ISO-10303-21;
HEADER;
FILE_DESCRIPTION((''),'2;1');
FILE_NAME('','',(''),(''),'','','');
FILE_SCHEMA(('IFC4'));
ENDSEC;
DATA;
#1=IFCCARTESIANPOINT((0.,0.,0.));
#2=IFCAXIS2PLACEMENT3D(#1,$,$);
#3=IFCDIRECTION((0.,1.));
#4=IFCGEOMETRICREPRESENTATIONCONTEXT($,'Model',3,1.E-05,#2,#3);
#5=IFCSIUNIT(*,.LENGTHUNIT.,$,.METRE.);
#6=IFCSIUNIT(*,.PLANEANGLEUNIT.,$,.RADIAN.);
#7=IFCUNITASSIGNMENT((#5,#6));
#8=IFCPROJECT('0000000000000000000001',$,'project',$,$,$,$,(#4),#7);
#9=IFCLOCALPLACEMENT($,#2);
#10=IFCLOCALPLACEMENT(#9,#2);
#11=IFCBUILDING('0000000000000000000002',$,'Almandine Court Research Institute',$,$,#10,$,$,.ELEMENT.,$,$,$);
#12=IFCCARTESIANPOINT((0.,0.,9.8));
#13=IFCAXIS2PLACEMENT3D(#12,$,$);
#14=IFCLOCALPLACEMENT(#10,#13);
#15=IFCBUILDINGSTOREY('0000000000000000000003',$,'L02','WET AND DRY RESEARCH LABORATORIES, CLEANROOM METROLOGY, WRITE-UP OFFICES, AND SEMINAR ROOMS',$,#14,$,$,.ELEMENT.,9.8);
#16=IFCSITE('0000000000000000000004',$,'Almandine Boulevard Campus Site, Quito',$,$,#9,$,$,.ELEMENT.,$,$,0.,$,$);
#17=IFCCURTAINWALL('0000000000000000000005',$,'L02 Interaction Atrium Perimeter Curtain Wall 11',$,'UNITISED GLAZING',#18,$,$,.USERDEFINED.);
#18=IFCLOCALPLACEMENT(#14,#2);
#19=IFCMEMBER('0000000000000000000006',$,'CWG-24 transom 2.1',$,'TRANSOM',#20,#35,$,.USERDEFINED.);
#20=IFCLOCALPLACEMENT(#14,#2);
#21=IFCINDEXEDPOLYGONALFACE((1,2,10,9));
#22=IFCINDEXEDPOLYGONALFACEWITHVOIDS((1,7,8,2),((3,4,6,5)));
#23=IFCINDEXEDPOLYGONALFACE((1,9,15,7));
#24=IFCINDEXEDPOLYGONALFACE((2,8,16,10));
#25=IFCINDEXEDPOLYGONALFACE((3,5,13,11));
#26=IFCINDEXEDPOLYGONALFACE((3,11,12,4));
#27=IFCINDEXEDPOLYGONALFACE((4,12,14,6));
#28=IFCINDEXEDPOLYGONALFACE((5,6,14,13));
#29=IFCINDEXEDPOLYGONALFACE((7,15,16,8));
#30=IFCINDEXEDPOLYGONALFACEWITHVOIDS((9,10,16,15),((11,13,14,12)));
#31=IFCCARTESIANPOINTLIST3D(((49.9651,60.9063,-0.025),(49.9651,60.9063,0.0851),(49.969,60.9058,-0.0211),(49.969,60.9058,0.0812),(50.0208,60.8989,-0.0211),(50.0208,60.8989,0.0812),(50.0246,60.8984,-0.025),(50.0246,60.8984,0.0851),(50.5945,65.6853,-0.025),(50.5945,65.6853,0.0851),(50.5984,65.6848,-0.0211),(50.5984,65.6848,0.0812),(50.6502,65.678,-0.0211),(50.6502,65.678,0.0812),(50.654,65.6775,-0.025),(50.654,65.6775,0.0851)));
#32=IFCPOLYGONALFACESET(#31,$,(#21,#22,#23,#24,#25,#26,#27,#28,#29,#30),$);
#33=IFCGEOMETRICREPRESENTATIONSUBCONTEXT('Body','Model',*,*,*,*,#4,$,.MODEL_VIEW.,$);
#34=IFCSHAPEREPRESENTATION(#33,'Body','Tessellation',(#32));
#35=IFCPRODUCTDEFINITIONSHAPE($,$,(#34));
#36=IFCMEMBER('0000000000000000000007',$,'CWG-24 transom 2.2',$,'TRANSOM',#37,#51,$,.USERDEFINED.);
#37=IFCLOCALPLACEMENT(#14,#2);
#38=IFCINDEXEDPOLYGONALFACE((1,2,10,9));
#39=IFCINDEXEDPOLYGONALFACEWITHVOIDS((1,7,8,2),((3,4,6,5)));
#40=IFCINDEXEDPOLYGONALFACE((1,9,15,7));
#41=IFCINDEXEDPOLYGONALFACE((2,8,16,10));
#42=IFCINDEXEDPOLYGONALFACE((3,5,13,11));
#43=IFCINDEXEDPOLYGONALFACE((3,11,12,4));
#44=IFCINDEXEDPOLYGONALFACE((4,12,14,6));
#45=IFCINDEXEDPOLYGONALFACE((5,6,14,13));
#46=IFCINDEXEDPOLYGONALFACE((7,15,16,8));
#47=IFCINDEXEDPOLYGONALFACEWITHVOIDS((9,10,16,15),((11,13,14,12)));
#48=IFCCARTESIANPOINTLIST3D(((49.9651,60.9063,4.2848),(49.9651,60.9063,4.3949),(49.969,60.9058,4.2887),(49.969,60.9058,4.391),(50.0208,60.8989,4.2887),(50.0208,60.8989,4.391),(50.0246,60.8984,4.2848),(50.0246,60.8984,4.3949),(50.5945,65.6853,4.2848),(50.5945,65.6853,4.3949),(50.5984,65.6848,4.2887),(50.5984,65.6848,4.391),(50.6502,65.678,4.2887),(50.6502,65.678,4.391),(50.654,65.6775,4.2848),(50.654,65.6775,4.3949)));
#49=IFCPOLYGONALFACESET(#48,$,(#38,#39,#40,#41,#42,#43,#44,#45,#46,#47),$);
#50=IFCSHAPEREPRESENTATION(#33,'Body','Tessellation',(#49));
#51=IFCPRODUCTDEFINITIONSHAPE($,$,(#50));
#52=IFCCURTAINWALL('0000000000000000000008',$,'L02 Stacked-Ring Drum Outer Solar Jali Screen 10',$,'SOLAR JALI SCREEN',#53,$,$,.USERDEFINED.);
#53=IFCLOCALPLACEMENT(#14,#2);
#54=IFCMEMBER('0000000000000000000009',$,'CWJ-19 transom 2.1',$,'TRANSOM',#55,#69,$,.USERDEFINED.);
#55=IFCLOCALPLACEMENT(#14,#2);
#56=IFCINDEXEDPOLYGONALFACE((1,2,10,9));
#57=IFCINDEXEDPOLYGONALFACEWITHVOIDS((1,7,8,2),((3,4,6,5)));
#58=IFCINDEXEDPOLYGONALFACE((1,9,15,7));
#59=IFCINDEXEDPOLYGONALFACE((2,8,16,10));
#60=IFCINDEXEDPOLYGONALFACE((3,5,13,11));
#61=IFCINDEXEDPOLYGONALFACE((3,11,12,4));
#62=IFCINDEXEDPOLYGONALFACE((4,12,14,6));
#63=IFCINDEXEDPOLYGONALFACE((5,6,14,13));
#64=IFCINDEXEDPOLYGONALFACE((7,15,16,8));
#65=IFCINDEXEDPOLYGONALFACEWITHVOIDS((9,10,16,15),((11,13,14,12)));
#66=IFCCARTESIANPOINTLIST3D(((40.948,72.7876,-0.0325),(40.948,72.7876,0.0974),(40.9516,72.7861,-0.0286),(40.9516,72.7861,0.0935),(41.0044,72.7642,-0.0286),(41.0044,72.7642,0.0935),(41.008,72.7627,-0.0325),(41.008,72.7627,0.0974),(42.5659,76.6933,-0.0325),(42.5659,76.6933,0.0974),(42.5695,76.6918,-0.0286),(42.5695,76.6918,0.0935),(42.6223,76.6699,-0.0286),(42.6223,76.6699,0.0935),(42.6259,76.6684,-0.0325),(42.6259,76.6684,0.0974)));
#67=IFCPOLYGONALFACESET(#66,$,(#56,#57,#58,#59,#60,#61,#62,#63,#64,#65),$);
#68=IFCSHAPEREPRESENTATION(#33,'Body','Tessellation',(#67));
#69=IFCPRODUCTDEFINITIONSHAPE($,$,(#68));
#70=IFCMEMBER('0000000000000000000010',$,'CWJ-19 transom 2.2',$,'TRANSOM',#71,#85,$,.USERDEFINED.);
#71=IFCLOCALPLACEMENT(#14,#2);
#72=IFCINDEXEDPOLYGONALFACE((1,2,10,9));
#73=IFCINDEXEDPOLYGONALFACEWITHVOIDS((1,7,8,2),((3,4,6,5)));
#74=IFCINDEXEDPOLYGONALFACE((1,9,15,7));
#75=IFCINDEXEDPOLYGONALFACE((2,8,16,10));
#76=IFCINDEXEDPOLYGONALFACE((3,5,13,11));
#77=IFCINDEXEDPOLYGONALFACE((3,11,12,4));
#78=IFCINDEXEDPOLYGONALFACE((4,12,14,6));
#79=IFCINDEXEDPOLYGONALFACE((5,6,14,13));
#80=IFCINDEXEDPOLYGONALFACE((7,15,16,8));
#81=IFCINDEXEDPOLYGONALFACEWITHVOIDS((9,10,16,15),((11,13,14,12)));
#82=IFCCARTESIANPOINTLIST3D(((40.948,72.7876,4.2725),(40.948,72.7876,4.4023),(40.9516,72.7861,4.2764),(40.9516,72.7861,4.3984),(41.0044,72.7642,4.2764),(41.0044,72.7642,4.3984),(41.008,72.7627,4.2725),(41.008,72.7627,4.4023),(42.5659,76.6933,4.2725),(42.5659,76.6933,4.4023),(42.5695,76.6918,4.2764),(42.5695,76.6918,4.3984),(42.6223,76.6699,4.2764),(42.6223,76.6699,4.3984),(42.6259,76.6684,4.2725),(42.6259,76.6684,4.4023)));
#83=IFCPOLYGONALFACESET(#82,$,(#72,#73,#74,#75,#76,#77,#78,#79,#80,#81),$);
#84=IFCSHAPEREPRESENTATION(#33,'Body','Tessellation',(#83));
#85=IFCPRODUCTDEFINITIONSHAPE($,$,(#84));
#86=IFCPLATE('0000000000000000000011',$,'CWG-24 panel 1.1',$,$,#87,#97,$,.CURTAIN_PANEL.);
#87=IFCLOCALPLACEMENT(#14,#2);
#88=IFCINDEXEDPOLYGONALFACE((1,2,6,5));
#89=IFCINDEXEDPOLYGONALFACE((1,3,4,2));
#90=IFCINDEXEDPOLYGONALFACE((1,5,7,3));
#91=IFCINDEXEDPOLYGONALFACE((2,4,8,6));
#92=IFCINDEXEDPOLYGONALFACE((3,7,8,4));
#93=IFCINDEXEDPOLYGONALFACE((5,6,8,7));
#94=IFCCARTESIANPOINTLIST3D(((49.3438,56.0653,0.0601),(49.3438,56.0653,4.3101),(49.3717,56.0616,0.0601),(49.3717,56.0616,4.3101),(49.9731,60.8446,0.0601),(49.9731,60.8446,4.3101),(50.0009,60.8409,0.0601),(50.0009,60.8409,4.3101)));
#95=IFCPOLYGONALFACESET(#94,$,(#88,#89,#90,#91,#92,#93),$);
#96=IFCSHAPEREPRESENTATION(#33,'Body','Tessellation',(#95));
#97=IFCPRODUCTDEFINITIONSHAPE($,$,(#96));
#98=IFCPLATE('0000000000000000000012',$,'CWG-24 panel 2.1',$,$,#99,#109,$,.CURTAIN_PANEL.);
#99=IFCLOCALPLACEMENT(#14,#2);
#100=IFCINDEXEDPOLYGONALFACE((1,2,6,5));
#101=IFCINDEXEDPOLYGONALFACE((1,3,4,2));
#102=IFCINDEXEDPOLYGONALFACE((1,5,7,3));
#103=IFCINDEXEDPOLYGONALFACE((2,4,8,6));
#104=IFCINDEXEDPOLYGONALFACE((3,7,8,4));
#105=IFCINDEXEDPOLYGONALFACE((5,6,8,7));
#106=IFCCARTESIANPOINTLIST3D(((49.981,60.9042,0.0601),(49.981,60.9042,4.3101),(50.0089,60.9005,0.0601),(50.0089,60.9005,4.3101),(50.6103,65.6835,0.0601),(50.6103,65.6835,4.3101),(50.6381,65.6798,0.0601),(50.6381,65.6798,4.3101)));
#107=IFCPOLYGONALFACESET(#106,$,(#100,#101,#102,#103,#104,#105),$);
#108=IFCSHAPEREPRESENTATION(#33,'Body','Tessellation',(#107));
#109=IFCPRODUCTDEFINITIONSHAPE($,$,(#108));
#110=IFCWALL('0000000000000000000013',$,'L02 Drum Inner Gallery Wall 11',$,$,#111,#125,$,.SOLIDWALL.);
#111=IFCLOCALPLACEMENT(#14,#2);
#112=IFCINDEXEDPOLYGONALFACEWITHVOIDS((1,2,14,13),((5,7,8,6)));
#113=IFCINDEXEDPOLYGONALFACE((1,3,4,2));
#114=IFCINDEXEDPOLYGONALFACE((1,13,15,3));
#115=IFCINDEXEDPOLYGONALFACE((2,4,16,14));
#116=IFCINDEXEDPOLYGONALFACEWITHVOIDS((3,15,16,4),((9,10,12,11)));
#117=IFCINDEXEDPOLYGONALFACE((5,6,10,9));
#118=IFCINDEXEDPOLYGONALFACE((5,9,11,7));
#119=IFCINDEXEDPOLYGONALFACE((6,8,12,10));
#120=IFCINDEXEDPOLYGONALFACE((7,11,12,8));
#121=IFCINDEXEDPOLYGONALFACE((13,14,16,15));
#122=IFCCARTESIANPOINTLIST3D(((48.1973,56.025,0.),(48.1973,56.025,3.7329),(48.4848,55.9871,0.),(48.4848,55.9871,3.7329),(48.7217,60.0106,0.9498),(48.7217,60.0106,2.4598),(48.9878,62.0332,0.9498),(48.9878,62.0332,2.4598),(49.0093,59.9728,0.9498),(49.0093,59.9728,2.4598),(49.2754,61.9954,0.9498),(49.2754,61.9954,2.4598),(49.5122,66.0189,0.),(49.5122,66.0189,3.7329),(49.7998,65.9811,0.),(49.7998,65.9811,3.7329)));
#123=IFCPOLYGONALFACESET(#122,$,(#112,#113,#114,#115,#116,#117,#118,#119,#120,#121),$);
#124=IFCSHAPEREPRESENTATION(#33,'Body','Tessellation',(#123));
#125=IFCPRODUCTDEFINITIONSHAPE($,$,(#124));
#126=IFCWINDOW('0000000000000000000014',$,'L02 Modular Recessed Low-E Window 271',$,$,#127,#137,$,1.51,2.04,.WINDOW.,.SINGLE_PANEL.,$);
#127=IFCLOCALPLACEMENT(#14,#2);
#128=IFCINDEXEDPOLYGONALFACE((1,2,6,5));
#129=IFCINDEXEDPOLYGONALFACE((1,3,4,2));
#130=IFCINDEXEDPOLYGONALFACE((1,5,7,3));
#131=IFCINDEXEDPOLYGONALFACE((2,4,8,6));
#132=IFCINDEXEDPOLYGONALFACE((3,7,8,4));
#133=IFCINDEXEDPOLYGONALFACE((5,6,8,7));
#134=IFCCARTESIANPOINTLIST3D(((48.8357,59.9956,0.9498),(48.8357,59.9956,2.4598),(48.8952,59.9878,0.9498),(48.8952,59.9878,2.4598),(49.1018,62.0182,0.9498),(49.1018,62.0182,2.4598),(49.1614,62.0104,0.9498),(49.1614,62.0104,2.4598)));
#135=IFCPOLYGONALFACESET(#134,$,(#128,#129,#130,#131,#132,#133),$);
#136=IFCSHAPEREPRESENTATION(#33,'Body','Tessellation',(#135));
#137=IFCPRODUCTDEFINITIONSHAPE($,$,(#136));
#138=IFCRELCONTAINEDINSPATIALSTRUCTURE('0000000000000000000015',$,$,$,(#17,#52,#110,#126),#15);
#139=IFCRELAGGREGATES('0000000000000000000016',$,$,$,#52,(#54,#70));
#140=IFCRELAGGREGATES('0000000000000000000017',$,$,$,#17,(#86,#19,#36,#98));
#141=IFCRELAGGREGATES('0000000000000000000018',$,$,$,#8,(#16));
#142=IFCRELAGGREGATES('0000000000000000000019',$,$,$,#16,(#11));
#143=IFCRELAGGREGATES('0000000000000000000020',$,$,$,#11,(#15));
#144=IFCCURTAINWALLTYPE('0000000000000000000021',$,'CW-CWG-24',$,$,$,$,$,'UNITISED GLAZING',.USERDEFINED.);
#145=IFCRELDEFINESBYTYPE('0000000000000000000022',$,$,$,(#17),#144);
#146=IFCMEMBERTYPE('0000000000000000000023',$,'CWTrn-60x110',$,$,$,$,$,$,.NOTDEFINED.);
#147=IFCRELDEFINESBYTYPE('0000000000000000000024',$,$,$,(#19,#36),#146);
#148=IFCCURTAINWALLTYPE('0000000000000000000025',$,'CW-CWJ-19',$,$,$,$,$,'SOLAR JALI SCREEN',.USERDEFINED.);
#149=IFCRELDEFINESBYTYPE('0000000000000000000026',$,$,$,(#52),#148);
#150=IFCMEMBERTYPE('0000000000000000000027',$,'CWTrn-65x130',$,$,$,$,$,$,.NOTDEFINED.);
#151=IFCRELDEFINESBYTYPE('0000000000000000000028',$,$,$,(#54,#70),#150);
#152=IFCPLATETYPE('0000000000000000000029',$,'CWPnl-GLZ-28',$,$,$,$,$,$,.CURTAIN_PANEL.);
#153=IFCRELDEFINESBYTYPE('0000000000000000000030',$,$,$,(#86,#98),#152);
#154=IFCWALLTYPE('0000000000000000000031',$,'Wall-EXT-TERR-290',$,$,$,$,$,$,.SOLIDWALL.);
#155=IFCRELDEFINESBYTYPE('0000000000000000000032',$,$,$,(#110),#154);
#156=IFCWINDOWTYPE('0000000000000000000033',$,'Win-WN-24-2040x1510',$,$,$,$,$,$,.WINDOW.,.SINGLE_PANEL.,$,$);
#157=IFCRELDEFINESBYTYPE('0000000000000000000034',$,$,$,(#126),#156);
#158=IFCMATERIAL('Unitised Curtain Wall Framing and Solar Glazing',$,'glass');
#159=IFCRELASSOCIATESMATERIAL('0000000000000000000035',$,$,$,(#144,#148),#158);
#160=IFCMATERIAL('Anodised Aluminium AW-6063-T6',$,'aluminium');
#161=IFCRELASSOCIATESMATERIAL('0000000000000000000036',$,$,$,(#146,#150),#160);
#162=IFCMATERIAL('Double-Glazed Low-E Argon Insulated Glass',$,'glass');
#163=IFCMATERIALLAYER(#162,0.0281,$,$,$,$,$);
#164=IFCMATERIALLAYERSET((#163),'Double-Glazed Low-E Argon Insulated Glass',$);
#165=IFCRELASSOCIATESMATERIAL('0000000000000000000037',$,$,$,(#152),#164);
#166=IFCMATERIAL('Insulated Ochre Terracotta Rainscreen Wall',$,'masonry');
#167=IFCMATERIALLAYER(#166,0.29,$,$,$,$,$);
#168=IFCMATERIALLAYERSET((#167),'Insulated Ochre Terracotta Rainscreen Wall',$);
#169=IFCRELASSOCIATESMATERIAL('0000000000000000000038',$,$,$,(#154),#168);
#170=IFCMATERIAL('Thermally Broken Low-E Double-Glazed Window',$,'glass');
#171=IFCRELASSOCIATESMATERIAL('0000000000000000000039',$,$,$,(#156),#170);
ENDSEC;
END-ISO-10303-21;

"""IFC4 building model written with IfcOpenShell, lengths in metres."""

from ifc_helpers import new_model, si_unit, direction, frame, frame_2d, origin, origin_2d, place, context, subcontext, project, spatial, rectangle, hollow_rectangle, extrude, material, layer, layer_set, material_profile, profile_set, type_object, element, fill, aggregate, save


model = new_model("IFC4")

# Units and contexts
model_context = context("Model", 3, precision=1e-05, world=origin(), true_north=direction((0.0, 1.0)))
body_context = subcontext(model_context, "Body", "Model", "MODEL_VIEW")
ifc_project = project(units=[si_unit("LENGTHUNIT", "METRE"), si_unit("PLANEANGLEUNIT", "RADIAN")], contexts=[model_context])

# Site, building, storey
site_placement = place(None, origin())
site = spatial("IfcSite", under=ifc_project, at=site_placement, Name="Almandine Boulevard Campus Site, Quito", CompositionType="ELEMENT", RefElevation=0.0)
building_placement = place(site_placement, origin())
building = spatial("IfcBuilding", under=site, at=building_placement, Name="Almandine Court Research Institute", CompositionType="ELEMENT")
storey_placement = place(building_placement, frame((0.0, 0.0, 9.8)))
storey = spatial("IfcBuildingStorey", under=building, at=storey_placement, Name="L02", Description="WET AND DRY RESEARCH LABORATORIES, CLEANROOM METROLOGY, WRITE-UP OFFICES, AND SEMINAR ROOMS", CompositionType="ELEMENT", Elevation=9.8)

# Curtain walls, members
ifc_material_1 = material(Name="Unitised Curtain Wall Framing and Solar Glazing", Category="glass")
curtain_wall_type_1 = type_object("IfcCurtainWallType", Name="CW-CWG-24", ElementType="UNITISED GLAZING", PredefinedType="USERDEFINED", material=ifc_material_1)
curtain_wall_1_placement = place(storey_placement, origin())
curtain_wall_1 = element("IfcCurtainWall", 1, at=curtain_wall_1_placement, inside=storey, type_object=curtain_wall_type_1, Name="L02 Interaction Atrium Perimeter Curtain Wall 11", ObjectType="UNITISED GLAZING", PredefinedType="USERDEFINED")
ifc_material_2 = material(Name="Anodised Aluminium AW-6063-T6", Category="aluminium")
ifc_material_profile_1 = material_profile(ifc_material_2, hollow_rectangle(XDim=0.0601, YDim=0.1101, WallThickness=0.0039, at=origin_2d()), Name="ALU RHS 60x110x4")
ifc_profile_set_1 = profile_set([ifc_material_profile_1], Name="Anodised Aluminium AW-6063-T6")
member_type_1 = type_object("IfcMemberType", Name="CWTrn-60x110", PredefinedType="NOTDEFINED", material=ifc_profile_set_1)
member_1_placement = place(storey_placement, frame((49.9949, 60.9023, 0.03), z_axis=(0.130571, 0.991439, 0.0), x_axis=(-0.991439, 0.130571, 0.0)))
member_1 = element("IfcMember", 2, at=member_1_placement, type_object=member_type_1, Name="CWG-24 transom 2.1", ObjectType="TRANSOM", PredefinedType="USERDEFINED", context=body_context, shape_type="SweptSolid", body=[
    extrude(hollow_rectangle(XDim=0.0601, YDim=0.1101, WallThickness=0.0039, at=origin_2d()), origin(), (0.0, 0.0, 1.0), 4.8203),
])
member_2_placement = place(storey_placement, frame((49.9949, 60.9023, 4.3398), z_axis=(0.130571, 0.991439, 0.0), x_axis=(-0.991439, 0.130571, 0.0)))
member_2 = element("IfcMember", 3, at=member_2_placement, type_object=member_type_1, Name="CWG-24 transom 2.2", ObjectType="TRANSOM", PredefinedType="USERDEFINED", context=body_context, shape_type="SweptSolid", body=[
    extrude(hollow_rectangle(XDim=0.0601, YDim=0.1101, WallThickness=0.0039, at=origin_2d()), origin(), (0.0, 0.0, 1.0), 4.8203),
])
curtain_wall_type_2 = type_object("IfcCurtainWallType", Name="CW-CWJ-19", ElementType="SOLAR JALI SCREEN", PredefinedType="USERDEFINED", material=ifc_material_1)
curtain_wall_2_placement = place(storey_placement, origin())
curtain_wall_2 = element("IfcCurtainWall", 4, at=curtain_wall_2_placement, inside=storey, type_object=curtain_wall_type_2, Name="L02 Stacked-Ring Drum Outer Solar Jali Screen 10", ObjectType="SOLAR JALI SCREEN", PredefinedType="USERDEFINED")
ifc_material_profile_2 = material_profile(ifc_material_2, hollow_rectangle(XDim=0.0649, YDim=0.1299, WallThickness=0.0039, at=origin_2d()), Name="ALU RHS 65x130x4")
ifc_profile_set_2 = profile_set([ifc_material_profile_2], Name="Anodised Aluminium AW-6063-T6")
member_type_2 = type_object("IfcMemberType", Name="CWTrn-65x130", PredefinedType="NOTDEFINED", material=ifc_profile_set_2)
member_3_placement = place(storey_placement, frame((40.978, 72.7751, 0.0325), z_axis=(0.382704, 0.923871, 0.0), x_axis=(-0.923871, 0.382704, 0.0)))
member_3 = element("IfcMember", 5, at=member_3_placement, type_object=member_type_2, Name="CWJ-19 transom 2.1", ObjectType="TRANSOM", PredefinedType="USERDEFINED", context=body_context, shape_type="SweptSolid", body=[
    extrude(hollow_rectangle(XDim=0.0649, YDim=0.1299, WallThickness=0.0039, at=origin_2d()), origin(), (0.0, 0.0, 1.0), 4.2275),
])
member_4_placement = place(storey_placement, frame((40.978, 72.7751, 4.3374), z_axis=(0.382704, 0.923871, 0.0), x_axis=(-0.923871, 0.382704, 0.0)))
member_4 = element("IfcMember", 6, at=member_4_placement, type_object=member_type_2, Name="CWJ-19 transom 2.2", ObjectType="TRANSOM", PredefinedType="USERDEFINED", context=body_context, shape_type="SweptSolid", body=[
    extrude(hollow_rectangle(XDim=0.0649, YDim=0.1299, WallThickness=0.0039, at=origin_2d()), origin(), (0.0, 0.0, 1.0), 4.2275),
])
aggregate(curtain_wall_2, [member_3, member_4])

# Plates
ifc_material_3 = material(Name="Double-Glazed Low-E Argon Insulated Glass", Category="glass")
ifc_layer_1 = layer(ifc_material_3, 0.0281)
ifc_layer_set_1 = layer_set([ifc_layer_1], Name="Double-Glazed Low-E Argon Insulated Glass")
plate_type = type_object("IfcPlateType", Name="CWPnl-GLZ-28", PredefinedType="CURTAIN_PANEL", material=ifc_layer_set_1)
plate_1_placement = place(storey_placement, frame((49.6724, 58.4531, 0.0601), z_axis=(0.0, 0.0, 1.0), x_axis=(0.130536, 0.991444, 0.0)))
plate_1 = element("IfcPlate", 7, at=plate_1_placement, type_object=plate_type, Name="CWG-24 panel 1.1", PredefinedType="CURTAIN_PANEL", context=body_context, shape_type="SweptSolid", body=[
    extrude(rectangle(XDim=4.8206, YDim=0.0281, at=origin_2d()), origin(), (0.0, 0.0, 1.0), 4.25),
])
plate_2_placement = place(storey_placement, frame((50.3096, 63.292, 0.0601), z_axis=(0.0, 0.0, 1.0), x_axis=(0.130536, 0.991444, 0.0)))
plate_2 = element("IfcPlate", 8, at=plate_2_placement, type_object=plate_type, Name="CWG-24 panel 2.1", PredefinedType="CURTAIN_PANEL", context=body_context, shape_type="SweptSolid", body=[
    extrude(rectangle(XDim=4.8206, YDim=0.0281, at=origin_2d()), origin(), (0.0, 0.0, 1.0), 4.25),
])
aggregate(curtain_wall_1, [plate_1, member_1, member_2, plate_2])

# Wall, opening, window
ifc_material_4 = material(Name="Insulated Ochre Terracotta Rainscreen Wall", Category="masonry")
ifc_layer_2 = layer(ifc_material_4, 0.29)
ifc_layer_set_2 = layer_set([ifc_layer_2], Name="Insulated Ochre Terracotta Rainscreen Wall")
wall_type_1 = type_object("IfcWallType", Name="Wall-EXT-TERR-290", PredefinedType="SOLIDWALL", material=ifc_layer_set_2)
wall_1_placement = place(storey_placement, frame((49.656, 66.0, 0.0), z_axis=(0.0, 0.0, 1.0), x_axis=(-0.13045, -0.991455, 0.0)))
wall_1 = element("IfcWall", 9, at=wall_1_placement, inside=storey, type_object=wall_type_1, Name="L02 Drum Inner Gallery Wall 11", PredefinedType="SOLIDWALL", context=body_context, shape_type="SweptSolid", body=[
    extrude(rectangle(XDim=10.0801, YDim=0.29, at=frame_2d((5.04, 0.0))), origin(), (0.0, 0.0, 1.0), 3.7329),
])
opening_1_placement = place(wall_1_placement, frame((4.02, 0.0, 0.95)))
opening_1 = element("IfcOpeningElement", 10, at=opening_1_placement, cuts=wall_1, PredefinedType="OPENING", context=body_context, shape_type="SweptSolid", body=[
    extrude(rectangle(XDim=2.04, YDim=1.51, at=frame_2d((1.02, 0.7549))), frame((0.0, 0.155, 0.0), z_axis=(0.0, -1.0, 0.0), x_axis=(1.0, 0.0, 0.0)), (0.0, 0.0, 1.0), 0.3101),
])
ifc_material_5 = material(Name="Thermally Broken Low-E Double-Glazed Window", Category="glass")
window_type_1 = type_object("IfcWindowType", Name="Win-WN-24-2040x1510", PartitioningType="SINGLE_PANEL", PredefinedType="WINDOW", material=ifc_material_5)
window_1_placement = place(opening_1_placement, origin())
window_1 = element("IfcWindow", 11, at=window_1_placement, inside=storey, type_object=window_type_1, Name="L02 Modular Recessed Low-E Window 271", OverallHeight=1.51, OverallWidth=2.04, PartitioningType="SINGLE_PANEL", PredefinedType="WINDOW", context=body_context, shape_type="SweptSolid", body=[
    extrude(rectangle(XDim=2.04, YDim=1.51, at=frame_2d((1.02, 0.7549))), frame((0.0, 0.03, 0.0), z_axis=(0.0, -1.0, 0.0), x_axis=(1.0, 0.0, 0.0)), (0.0, 0.0, 1.0), 0.0601),
])
fill(opening_1, window_1)

save(model, "model.ifc")
